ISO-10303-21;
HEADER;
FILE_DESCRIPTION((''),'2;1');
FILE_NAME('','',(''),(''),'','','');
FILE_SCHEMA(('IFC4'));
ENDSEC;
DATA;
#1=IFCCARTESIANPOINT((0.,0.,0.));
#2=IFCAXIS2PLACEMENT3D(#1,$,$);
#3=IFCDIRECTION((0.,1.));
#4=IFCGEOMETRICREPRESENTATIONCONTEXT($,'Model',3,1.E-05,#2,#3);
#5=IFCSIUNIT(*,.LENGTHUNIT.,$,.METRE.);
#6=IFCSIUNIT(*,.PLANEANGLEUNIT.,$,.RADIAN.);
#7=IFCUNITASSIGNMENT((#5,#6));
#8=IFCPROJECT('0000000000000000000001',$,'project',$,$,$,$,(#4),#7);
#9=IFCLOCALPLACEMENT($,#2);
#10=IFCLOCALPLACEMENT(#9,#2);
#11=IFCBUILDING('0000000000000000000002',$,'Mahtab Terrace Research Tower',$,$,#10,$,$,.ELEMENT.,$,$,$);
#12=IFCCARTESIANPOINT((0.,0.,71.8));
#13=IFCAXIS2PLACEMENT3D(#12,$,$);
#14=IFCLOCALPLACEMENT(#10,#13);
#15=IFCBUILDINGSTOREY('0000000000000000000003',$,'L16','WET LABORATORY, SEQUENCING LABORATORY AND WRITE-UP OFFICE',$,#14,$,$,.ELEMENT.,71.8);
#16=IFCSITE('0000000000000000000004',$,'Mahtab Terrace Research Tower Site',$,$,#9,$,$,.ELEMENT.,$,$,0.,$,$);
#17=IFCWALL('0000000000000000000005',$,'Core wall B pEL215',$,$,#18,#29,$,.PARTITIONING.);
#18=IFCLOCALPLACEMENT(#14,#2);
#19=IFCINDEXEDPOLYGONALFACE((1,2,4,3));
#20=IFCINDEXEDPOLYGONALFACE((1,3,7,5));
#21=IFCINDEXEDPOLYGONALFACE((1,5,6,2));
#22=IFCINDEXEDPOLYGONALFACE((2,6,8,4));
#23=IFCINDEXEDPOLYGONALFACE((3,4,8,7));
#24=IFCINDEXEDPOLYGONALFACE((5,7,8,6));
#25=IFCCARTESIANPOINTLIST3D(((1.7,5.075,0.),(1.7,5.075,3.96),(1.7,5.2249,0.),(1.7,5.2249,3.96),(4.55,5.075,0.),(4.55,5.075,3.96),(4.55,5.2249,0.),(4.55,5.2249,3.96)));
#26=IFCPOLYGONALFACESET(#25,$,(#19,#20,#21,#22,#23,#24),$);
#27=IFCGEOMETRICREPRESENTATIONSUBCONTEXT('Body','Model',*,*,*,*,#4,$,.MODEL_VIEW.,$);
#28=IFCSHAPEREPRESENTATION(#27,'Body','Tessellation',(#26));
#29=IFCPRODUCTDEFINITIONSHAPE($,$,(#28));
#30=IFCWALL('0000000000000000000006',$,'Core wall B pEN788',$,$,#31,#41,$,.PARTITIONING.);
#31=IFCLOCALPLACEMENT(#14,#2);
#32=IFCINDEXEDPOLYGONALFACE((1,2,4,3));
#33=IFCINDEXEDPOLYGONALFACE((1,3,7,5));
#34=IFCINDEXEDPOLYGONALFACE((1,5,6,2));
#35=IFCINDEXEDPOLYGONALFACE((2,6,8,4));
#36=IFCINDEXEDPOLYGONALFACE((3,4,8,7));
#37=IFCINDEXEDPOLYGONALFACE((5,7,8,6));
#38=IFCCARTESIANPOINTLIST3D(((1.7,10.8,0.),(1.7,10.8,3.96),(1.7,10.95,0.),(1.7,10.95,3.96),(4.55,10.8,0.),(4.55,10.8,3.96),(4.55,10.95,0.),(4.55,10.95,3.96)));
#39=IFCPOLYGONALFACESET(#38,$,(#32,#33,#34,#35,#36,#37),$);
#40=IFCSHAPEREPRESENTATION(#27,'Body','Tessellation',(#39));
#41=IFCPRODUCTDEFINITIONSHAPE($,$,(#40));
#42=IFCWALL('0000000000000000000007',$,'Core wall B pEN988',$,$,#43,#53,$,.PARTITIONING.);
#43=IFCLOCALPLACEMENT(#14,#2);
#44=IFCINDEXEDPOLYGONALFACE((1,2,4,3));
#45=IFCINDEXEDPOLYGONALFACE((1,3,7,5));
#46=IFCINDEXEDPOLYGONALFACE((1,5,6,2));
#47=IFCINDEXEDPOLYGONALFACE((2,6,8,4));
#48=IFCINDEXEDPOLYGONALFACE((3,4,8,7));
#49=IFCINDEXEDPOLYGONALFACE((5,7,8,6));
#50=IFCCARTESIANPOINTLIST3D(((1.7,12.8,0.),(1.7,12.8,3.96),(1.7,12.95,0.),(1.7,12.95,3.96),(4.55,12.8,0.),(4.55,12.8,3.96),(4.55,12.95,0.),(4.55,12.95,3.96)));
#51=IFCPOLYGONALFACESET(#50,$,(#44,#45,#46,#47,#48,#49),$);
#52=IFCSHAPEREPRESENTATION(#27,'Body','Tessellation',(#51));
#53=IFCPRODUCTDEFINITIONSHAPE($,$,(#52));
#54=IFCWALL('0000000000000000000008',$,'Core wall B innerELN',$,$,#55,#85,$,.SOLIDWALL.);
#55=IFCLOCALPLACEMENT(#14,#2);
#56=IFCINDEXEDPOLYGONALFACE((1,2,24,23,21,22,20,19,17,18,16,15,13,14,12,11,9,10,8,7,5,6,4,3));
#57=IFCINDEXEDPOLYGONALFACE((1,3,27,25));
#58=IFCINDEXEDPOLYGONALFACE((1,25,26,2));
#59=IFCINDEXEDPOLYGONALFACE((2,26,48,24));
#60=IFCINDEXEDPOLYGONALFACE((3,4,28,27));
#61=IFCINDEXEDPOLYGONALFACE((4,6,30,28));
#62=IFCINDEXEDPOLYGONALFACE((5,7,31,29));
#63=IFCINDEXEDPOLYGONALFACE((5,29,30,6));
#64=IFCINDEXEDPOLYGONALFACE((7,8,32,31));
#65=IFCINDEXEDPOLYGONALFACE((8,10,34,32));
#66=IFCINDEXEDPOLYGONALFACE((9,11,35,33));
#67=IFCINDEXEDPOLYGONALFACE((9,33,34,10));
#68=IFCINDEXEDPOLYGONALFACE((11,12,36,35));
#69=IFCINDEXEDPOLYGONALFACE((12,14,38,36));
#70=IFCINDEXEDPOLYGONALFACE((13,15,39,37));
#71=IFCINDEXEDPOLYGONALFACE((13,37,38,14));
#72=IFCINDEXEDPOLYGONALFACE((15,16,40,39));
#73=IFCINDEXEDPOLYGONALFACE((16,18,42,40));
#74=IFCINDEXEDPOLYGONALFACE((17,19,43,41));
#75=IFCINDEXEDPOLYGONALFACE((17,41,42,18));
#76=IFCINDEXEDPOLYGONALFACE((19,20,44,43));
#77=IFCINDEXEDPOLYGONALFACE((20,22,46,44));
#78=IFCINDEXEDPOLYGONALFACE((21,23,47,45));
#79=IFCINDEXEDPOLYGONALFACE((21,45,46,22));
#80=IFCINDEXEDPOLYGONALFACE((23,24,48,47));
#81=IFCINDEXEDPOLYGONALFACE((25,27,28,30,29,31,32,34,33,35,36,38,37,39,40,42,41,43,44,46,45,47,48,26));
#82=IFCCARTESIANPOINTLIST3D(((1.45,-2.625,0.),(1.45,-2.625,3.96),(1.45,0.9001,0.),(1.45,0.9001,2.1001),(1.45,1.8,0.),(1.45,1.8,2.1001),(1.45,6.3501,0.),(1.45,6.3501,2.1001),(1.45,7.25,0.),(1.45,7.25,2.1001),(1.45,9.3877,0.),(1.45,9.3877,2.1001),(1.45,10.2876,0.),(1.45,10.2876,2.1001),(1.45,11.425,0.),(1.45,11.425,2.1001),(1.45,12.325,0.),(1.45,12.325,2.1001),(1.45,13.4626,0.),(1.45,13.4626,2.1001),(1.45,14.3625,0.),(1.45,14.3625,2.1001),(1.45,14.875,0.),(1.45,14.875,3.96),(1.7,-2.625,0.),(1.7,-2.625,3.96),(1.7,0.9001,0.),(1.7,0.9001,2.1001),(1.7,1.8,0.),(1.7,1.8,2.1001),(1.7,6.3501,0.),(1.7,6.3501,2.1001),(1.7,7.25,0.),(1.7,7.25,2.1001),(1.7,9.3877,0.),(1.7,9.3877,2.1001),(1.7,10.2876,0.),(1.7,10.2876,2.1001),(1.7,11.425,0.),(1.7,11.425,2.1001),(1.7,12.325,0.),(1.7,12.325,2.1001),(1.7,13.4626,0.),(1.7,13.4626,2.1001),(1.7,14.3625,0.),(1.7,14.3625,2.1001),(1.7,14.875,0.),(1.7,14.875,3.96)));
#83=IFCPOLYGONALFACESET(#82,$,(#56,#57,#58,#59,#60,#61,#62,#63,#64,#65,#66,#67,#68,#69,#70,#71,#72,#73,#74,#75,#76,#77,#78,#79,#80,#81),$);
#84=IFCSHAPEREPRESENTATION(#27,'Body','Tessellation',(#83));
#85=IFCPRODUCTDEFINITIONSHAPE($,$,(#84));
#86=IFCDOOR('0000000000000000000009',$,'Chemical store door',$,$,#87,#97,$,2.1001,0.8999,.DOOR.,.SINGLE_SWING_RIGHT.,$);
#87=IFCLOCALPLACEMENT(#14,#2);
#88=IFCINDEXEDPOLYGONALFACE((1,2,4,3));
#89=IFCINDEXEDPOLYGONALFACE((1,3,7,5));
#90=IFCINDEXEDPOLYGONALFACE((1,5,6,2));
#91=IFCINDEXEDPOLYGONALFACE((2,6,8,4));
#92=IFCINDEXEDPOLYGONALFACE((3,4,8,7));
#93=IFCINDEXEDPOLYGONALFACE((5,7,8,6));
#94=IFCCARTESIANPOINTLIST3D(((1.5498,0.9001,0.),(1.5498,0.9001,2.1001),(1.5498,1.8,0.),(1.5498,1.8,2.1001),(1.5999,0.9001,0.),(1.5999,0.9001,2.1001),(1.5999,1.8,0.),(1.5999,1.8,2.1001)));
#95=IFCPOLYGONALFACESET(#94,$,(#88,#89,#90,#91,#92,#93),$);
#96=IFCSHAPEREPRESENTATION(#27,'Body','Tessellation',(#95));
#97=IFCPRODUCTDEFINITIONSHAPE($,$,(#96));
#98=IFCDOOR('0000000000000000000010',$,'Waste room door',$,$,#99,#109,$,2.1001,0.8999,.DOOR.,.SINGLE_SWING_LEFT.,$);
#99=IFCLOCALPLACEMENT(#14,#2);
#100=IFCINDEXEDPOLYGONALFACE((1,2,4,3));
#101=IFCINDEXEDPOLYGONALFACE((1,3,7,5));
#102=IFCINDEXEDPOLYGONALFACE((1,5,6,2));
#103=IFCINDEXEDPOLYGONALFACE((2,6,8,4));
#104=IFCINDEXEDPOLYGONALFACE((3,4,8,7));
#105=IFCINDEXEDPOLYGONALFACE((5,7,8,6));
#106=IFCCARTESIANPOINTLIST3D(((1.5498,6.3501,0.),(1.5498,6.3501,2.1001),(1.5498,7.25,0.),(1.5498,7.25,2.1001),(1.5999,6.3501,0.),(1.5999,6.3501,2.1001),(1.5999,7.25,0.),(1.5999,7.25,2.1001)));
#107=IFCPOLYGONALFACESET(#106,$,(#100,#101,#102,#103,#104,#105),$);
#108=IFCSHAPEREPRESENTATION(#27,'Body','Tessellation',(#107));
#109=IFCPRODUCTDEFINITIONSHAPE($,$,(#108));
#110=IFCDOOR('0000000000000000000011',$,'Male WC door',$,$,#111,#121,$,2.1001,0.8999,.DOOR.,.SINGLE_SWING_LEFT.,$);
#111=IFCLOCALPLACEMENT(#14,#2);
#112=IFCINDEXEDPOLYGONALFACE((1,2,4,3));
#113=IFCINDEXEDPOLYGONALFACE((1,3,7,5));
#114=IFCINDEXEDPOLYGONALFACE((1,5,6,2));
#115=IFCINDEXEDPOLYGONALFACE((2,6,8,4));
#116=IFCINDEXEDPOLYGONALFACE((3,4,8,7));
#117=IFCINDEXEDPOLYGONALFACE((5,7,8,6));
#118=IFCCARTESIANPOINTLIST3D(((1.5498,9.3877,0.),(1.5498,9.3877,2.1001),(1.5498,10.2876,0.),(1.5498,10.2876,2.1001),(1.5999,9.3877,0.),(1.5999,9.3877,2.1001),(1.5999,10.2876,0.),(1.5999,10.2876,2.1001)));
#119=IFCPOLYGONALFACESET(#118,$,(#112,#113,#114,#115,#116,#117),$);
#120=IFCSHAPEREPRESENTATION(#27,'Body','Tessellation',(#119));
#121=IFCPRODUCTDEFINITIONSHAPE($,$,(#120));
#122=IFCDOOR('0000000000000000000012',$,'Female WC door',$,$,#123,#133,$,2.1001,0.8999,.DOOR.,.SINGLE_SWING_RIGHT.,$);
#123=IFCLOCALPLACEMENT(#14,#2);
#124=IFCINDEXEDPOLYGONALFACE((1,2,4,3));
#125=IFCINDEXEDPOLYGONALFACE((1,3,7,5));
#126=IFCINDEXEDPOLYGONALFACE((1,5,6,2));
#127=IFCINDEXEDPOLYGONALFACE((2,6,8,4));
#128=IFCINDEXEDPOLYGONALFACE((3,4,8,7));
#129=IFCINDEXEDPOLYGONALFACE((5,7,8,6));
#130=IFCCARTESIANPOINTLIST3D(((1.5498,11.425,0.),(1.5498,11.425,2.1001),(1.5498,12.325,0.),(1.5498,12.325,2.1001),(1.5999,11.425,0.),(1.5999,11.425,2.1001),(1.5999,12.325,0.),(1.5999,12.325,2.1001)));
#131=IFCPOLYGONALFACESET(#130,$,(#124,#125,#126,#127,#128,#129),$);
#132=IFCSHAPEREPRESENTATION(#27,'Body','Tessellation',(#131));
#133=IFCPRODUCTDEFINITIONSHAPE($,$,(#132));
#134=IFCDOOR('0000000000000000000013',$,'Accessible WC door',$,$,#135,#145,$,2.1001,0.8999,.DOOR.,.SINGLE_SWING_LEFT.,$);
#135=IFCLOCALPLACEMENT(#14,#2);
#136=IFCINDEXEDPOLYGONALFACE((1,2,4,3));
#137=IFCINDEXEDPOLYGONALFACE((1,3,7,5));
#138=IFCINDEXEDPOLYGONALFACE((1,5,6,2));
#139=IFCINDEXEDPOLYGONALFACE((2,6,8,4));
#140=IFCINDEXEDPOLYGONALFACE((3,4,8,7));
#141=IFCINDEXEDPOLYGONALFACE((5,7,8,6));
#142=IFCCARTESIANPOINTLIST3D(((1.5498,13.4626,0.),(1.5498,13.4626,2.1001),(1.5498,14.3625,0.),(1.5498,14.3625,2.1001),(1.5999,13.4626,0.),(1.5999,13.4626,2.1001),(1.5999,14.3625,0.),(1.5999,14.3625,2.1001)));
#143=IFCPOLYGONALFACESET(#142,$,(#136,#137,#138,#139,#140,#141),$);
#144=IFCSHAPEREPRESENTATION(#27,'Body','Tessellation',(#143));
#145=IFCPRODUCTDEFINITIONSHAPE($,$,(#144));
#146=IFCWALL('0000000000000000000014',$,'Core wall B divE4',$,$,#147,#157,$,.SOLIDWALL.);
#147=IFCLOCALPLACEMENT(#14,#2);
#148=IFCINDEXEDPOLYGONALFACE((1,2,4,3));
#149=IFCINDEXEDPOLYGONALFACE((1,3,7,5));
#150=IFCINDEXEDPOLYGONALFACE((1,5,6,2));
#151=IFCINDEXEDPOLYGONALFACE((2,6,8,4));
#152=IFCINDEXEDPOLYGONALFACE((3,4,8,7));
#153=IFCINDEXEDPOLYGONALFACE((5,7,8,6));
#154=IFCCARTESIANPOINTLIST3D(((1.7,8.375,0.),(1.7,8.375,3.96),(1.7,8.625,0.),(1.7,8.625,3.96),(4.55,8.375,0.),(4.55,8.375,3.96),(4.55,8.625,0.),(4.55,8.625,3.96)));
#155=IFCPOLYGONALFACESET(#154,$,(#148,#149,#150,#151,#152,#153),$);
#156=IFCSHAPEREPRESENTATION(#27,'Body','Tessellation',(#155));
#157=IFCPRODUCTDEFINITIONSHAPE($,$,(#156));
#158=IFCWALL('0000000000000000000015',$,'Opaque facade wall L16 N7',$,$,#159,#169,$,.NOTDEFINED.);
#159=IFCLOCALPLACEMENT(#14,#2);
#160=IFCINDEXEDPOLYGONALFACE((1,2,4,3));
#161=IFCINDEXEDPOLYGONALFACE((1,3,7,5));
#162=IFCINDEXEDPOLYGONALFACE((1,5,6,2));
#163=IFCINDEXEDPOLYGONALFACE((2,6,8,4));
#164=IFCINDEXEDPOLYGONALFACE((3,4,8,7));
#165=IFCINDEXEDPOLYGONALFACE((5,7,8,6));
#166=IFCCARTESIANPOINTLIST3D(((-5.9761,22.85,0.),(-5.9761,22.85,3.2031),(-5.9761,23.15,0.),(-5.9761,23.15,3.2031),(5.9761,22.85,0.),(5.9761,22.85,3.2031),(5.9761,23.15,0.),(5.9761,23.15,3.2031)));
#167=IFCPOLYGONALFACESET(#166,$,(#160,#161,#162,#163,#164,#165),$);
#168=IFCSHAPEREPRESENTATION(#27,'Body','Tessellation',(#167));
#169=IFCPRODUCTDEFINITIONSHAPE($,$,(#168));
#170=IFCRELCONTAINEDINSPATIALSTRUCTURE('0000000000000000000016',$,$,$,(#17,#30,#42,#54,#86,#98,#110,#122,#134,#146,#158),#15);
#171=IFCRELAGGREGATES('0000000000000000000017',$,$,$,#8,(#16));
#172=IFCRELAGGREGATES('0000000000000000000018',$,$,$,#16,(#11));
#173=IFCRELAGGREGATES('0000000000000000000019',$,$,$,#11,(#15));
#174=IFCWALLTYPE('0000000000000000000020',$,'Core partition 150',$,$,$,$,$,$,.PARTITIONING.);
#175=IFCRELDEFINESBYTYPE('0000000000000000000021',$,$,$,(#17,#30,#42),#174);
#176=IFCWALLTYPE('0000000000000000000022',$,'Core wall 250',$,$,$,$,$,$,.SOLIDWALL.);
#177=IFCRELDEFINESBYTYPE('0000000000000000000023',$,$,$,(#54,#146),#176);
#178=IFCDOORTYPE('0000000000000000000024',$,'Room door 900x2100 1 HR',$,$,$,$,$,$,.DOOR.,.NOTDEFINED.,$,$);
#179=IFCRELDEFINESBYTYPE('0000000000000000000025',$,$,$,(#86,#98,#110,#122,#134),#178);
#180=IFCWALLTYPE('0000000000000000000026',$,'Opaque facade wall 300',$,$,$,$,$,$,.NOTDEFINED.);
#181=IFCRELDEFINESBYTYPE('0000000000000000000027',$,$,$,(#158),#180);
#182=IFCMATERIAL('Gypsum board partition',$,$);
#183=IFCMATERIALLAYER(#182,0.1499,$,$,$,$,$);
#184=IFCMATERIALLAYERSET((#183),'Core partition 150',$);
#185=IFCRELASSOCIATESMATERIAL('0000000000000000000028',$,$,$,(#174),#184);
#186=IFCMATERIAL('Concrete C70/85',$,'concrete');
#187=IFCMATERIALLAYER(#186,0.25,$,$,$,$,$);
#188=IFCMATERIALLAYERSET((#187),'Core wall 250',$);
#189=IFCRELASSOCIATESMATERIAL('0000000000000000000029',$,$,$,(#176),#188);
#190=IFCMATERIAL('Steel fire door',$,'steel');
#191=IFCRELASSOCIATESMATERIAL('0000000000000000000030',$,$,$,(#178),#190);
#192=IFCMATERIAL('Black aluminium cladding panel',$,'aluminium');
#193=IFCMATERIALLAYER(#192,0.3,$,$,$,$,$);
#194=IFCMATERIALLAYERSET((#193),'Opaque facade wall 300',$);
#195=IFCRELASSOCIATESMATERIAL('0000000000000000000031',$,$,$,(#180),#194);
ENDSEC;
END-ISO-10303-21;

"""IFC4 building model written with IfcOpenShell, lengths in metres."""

from ifc_helpers import new_model, si_unit, direction, frame, frame_2d, origin, place, context, subcontext, project, spatial, rectangle, extrude, material, layer, layer_set, type_object, element, fill, save


model = new_model("IFC4")

# Units and contexts
model_context = context("Model", 3, precision=1e-05, world=origin(), true_north=direction((0.0, 1.0)))
body_context = subcontext(model_context, "Body", "Model", "MODEL_VIEW")
ifc_project = project(units=[si_unit("LENGTHUNIT", "METRE"), si_unit("PLANEANGLEUNIT", "RADIAN")], contexts=[model_context])

# Site, building, storey
site_placement = place(None, origin())
site = spatial("IfcSite", under=ifc_project, at=site_placement, Name="Mahtab Terrace Research Tower Site", CompositionType="ELEMENT", RefElevation=0.0)
building_placement = place(site_placement, origin())
building = spatial("IfcBuilding", under=site, at=building_placement, Name="Mahtab Terrace Research Tower", CompositionType="ELEMENT")
storey_placement = place(building_placement, frame((0.0, 0.0, 71.8)))
storey = spatial("IfcBuildingStorey", under=building, at=storey_placement, Name="L16", Description="WET LABORATORY, SEQUENCING LABORATORY AND WRITE-UP OFFICE", CompositionType="ELEMENT", Elevation=71.8)

# Shared definitions
ifc_material_1 = material(Name="Concrete C70/85", Category="concrete")

# Walls
ifc_material_2 = material(Name="Gypsum board partition")
ifc_layer_1 = layer(ifc_material_2, 0.1499)
ifc_layer_set_1 = layer_set([ifc_layer_1], Name="Core partition 150")
wall_type_1 = type_object("IfcWallType", Name="Core partition 150", PredefinedType="PARTITIONING", material=ifc_layer_set_1)
for number, where, z_axis, x_axis, name in (
    (1, (1.7, 5.1499, 0.0), (0.0, 0.0, 1.0), (1.0, 0.0, 0.0), "Core wall B pEL215"),
    (2, (1.7, 10.875, 0.0), (0.0, 0.0, 1.0), (1.0, 0.0, 0.0), "Core wall B pEN788"),
    (3, (1.7, 12.875, 0.0), (0.0, 0.0, 1.0), (1.0, 0.0, 0.0), "Core wall B pEN988"),
):
    element("IfcWall", number, at=place(storey_placement, frame(where, z_axis=z_axis, x_axis=x_axis)), inside=storey, type_object=wall_type_1, Name=name, PredefinedType="PARTITIONING", context=body_context, shape_type="SweptSolid", body=[
        extrude(rectangle(XDim=2.8501, YDim=0.1499, at=frame_2d((1.425, 0.0))), origin(), (0.0, 0.0, 1.0), 3.96),
    ])

# Wall, openings, doors
ifc_layer_2 = layer(ifc_material_1, 0.25)
ifc_layer_set_2 = layer_set([ifc_layer_2], Name="Core wall 250")
wall_type_2 = type_object("IfcWallType", Name="Core wall 250", PredefinedType="SOLIDWALL", material=ifc_layer_set_2)
wall_1_placement = place(storey_placement, frame((1.575, 14.875, 0.0), z_axis=(0.0, 0.0, 1.0), x_axis=(0.0, -1.0, 0.0)))
wall_1 = element("IfcWall", 4, at=wall_1_placement, inside=storey, type_object=wall_type_2, Name="Core wall B innerELN", PredefinedType="SOLIDWALL", context=body_context, shape_type="SweptSolid", body=[
    extrude(rectangle(XDim=17.5, YDim=0.25, at=frame_2d((8.75, 0.0))), origin(), (0.0, 0.0, 1.0), 3.96),
])
opening_1_placement = place(wall_1_placement, frame((13.075, 0.0, 0.0)))
opening_1 = element("IfcOpeningElement", 5, at=opening_1_placement, cuts=wall_1, PredefinedType="OPENING", context=body_context, shape_type="SweptSolid", body=[
    extrude(rectangle(XDim=0.8999, YDim=2.1001, at=frame_2d((0.45, 1.05))), frame((0.0, 0.135, 0.0), z_axis=(0.0, -1.0, 0.0), x_axis=(1.0, 0.0, 0.0)), (0.0, 0.0, 1.0), 0.27),
])
opening_2_placement = place(wall_1_placement, frame((7.625, 0.0, 0.0)))
opening_2 = element("IfcOpeningElement", 6, at=opening_2_placement, cuts=wall_1, PredefinedType="OPENING", context=body_context, shape_type="SweptSolid", body=[
    extrude(rectangle(XDim=0.8999, YDim=2.1001, at=frame_2d((0.45, 1.05))), frame((0.0, 0.135, 0.0), z_axis=(0.0, -1.0, 0.0), x_axis=(1.0, 0.0, 0.0)), (0.0, 0.0, 1.0), 0.27),
])
opening_3_placement = place(wall_1_placement, frame((4.5874, 0.0, 0.0)))
opening_3 = element("IfcOpeningElement", 7, at=opening_3_placement, cuts=wall_1, PredefinedType="OPENING", context=body_context, shape_type="SweptSolid", body=[
    extrude(rectangle(XDim=0.8999, YDim=2.1001, at=frame_2d((0.45, 1.05))), frame((0.0, 0.135, 0.0), z_axis=(0.0, -1.0, 0.0), x_axis=(1.0, 0.0, 0.0)), (0.0, 0.0, 1.0), 0.27),
])
opening_4_placement = place(wall_1_placement, frame((2.55, 0.0, 0.0)))
opening_4 = element("IfcOpeningElement", 8, at=opening_4_placement, cuts=wall_1, PredefinedType="OPENING", context=body_context, shape_type="SweptSolid", body=[
    extrude(rectangle(XDim=0.8999, YDim=2.1001, at=frame_2d((0.45, 1.05))), frame((0.0, 0.135, 0.0), z_axis=(0.0, -1.0, 0.0), x_axis=(1.0, 0.0, 0.0)), (0.0, 0.0, 1.0), 0.27),
])
opening_5_placement = place(wall_1_placement, frame((0.5125, 0.0, 0.0)))
opening_5 = element("IfcOpeningElement", 9, at=opening_5_placement, cuts=wall_1, PredefinedType="OPENING", context=body_context, shape_type="SweptSolid", body=[
    extrude(rectangle(XDim=0.8999, YDim=2.1001, at=frame_2d((0.45, 1.05))), frame((0.0, 0.135, 0.0), z_axis=(0.0, -1.0, 0.0), x_axis=(1.0, 0.0, 0.0)), (0.0, 0.0, 1.0), 0.27),
])
ifc_material_3 = material(Name="Steel fire door", Category="steel")
door_type_1 = type_object("IfcDoorType", Name="Room door 900x2100 1 HR", OperationType="NOTDEFINED", PredefinedType="DOOR", material=ifc_material_3)
door_1_placement = place(opening_1_placement, origin())
door_1 = element("IfcDoor", 10, at=door_1_placement, inside=storey, type_object=door_type_1, Name="Chemical store door", OperationType="SINGLE_SWING_RIGHT", OverallHeight=2.1001, OverallWidth=0.8999, PredefinedType="DOOR", context=body_context, shape_type="SweptSolid", body=[
    extrude(rectangle(XDim=0.8999, YDim=2.1001, at=frame_2d((0.45, 1.05))), frame((0.0, 0.0249, 0.0), z_axis=(0.0, -1.0, 0.0), x_axis=(1.0, 0.0, 0.0)), (0.0, 0.0, 1.0), 0.05),
])
fill(opening_1, door_1)
door_2_placement = place(opening_2_placement, origin())
door_2 = element("IfcDoor", 11, at=door_2_placement, inside=storey, type_object=door_type_1, Name="Waste room door", OperationType="SINGLE_SWING_LEFT", OverallHeight=2.1001, OverallWidth=0.8999, PredefinedType="DOOR", context=body_context, shape_type="SweptSolid", body=[
    extrude(rectangle(XDim=0.8999, YDim=2.1001, at=frame_2d((0.45, 1.05))), frame((0.0, 0.0249, 0.0), z_axis=(0.0, -1.0, 0.0), x_axis=(1.0, 0.0, 0.0)), (0.0, 0.0, 1.0), 0.05),
])
fill(opening_2, door_2)
door_3_placement = place(opening_3_placement, origin())
door_3 = element("IfcDoor", 12, at=door_3_placement, inside=storey, type_object=door_type_1, Name="Male WC door", OperationType="SINGLE_SWING_LEFT", OverallHeight=2.1001, OverallWidth=0.8999, PredefinedType="DOOR", context=body_context, shape_type="SweptSolid", body=[
    extrude(rectangle(XDim=0.8999, YDim=2.1001, at=frame_2d((0.45, 1.05))), frame((0.0, 0.0249, 0.0), z_axis=(0.0, -1.0, 0.0), x_axis=(1.0, 0.0, 0.0)), (0.0, 0.0, 1.0), 0.05),
])
fill(opening_3, door_3)
door_4_placement = place(opening_4_placement, origin())
door_4 = element("IfcDoor", 13, at=door_4_placement, inside=storey, type_object=door_type_1, Name="Female WC door", OperationType="SINGLE_SWING_RIGHT", OverallHeight=2.1001, OverallWidth=0.8999, PredefinedType="DOOR", context=body_context, shape_type="SweptSolid", body=[
    extrude(rectangle(XDim=0.8999, YDim=2.1001, at=frame_2d((0.45, 1.05))), frame((0.0, 0.0249, 0.0), z_axis=(0.0, -1.0, 0.0), x_axis=(1.0, 0.0, 0.0)), (0.0, 0.0, 1.0), 0.05),
])
fill(opening_4, door_4)
door_5_placement = place(opening_5_placement, origin())
door_5 = element("IfcDoor", 14, at=door_5_placement, inside=storey, type_object=door_type_1, Name="Accessible WC door", OperationType="SINGLE_SWING_LEFT", OverallHeight=2.1001, OverallWidth=0.8999, PredefinedType="DOOR", context=body_context, shape_type="SweptSolid", body=[
    extrude(rectangle(XDim=0.8999, YDim=2.1001, at=frame_2d((0.45, 1.05))), frame((0.0, 0.0249, 0.0), z_axis=(0.0, -1.0, 0.0), x_axis=(1.0, 0.0, 0.0)), (0.0, 0.0, 1.0), 0.05),
])
fill(opening_5, door_5)

# Walls
wall_2_placement = place(storey_placement, frame((1.7, 8.5, 0.0), z_axis=(0.0, 0.0, 1.0), x_axis=(1.0, 0.0, 0.0)))
element("IfcWall", 15, at=wall_2_placement, inside=storey, type_object=wall_type_2, Name="Core wall B divE4", PredefinedType="SOLIDWALL", context=body_context, shape_type="SweptSolid", body=[
    extrude(rectangle(XDim=2.8501, YDim=0.25, at=frame_2d((1.425, 0.0))), origin(), (0.0, 0.0, 1.0), 3.96),
])
ifc_material_4 = material(Name="Black aluminium cladding panel", Category="aluminium")
ifc_layer_3 = layer(ifc_material_4, 0.3)
ifc_layer_set_3 = layer_set([ifc_layer_3], Name="Opaque facade wall 300")
wall_type_3 = type_object("IfcWallType", Name="Opaque facade wall 300", PredefinedType="NOTDEFINED", material=ifc_layer_set_3)
wall_3_placement = place(storey_placement, frame((5.9761, 23.0, 0.0), z_axis=(0.0, 0.0, 1.0), x_axis=(-1.0, 0.0, 0.0)))
element("IfcWall", 16, at=wall_3_placement, inside=storey, type_object=wall_type_3, Name="Opaque facade wall L16 N7", PredefinedType="NOTDEFINED", context=body_context, shape_type="SweptSolid", body=[
    extrude(rectangle(XDim=11.9521, YDim=0.3, at=frame_2d((5.9761, 0.0))), origin(), (0.0, 0.0, 1.0), 3.2031),
])

save(model, "model.ifc")
